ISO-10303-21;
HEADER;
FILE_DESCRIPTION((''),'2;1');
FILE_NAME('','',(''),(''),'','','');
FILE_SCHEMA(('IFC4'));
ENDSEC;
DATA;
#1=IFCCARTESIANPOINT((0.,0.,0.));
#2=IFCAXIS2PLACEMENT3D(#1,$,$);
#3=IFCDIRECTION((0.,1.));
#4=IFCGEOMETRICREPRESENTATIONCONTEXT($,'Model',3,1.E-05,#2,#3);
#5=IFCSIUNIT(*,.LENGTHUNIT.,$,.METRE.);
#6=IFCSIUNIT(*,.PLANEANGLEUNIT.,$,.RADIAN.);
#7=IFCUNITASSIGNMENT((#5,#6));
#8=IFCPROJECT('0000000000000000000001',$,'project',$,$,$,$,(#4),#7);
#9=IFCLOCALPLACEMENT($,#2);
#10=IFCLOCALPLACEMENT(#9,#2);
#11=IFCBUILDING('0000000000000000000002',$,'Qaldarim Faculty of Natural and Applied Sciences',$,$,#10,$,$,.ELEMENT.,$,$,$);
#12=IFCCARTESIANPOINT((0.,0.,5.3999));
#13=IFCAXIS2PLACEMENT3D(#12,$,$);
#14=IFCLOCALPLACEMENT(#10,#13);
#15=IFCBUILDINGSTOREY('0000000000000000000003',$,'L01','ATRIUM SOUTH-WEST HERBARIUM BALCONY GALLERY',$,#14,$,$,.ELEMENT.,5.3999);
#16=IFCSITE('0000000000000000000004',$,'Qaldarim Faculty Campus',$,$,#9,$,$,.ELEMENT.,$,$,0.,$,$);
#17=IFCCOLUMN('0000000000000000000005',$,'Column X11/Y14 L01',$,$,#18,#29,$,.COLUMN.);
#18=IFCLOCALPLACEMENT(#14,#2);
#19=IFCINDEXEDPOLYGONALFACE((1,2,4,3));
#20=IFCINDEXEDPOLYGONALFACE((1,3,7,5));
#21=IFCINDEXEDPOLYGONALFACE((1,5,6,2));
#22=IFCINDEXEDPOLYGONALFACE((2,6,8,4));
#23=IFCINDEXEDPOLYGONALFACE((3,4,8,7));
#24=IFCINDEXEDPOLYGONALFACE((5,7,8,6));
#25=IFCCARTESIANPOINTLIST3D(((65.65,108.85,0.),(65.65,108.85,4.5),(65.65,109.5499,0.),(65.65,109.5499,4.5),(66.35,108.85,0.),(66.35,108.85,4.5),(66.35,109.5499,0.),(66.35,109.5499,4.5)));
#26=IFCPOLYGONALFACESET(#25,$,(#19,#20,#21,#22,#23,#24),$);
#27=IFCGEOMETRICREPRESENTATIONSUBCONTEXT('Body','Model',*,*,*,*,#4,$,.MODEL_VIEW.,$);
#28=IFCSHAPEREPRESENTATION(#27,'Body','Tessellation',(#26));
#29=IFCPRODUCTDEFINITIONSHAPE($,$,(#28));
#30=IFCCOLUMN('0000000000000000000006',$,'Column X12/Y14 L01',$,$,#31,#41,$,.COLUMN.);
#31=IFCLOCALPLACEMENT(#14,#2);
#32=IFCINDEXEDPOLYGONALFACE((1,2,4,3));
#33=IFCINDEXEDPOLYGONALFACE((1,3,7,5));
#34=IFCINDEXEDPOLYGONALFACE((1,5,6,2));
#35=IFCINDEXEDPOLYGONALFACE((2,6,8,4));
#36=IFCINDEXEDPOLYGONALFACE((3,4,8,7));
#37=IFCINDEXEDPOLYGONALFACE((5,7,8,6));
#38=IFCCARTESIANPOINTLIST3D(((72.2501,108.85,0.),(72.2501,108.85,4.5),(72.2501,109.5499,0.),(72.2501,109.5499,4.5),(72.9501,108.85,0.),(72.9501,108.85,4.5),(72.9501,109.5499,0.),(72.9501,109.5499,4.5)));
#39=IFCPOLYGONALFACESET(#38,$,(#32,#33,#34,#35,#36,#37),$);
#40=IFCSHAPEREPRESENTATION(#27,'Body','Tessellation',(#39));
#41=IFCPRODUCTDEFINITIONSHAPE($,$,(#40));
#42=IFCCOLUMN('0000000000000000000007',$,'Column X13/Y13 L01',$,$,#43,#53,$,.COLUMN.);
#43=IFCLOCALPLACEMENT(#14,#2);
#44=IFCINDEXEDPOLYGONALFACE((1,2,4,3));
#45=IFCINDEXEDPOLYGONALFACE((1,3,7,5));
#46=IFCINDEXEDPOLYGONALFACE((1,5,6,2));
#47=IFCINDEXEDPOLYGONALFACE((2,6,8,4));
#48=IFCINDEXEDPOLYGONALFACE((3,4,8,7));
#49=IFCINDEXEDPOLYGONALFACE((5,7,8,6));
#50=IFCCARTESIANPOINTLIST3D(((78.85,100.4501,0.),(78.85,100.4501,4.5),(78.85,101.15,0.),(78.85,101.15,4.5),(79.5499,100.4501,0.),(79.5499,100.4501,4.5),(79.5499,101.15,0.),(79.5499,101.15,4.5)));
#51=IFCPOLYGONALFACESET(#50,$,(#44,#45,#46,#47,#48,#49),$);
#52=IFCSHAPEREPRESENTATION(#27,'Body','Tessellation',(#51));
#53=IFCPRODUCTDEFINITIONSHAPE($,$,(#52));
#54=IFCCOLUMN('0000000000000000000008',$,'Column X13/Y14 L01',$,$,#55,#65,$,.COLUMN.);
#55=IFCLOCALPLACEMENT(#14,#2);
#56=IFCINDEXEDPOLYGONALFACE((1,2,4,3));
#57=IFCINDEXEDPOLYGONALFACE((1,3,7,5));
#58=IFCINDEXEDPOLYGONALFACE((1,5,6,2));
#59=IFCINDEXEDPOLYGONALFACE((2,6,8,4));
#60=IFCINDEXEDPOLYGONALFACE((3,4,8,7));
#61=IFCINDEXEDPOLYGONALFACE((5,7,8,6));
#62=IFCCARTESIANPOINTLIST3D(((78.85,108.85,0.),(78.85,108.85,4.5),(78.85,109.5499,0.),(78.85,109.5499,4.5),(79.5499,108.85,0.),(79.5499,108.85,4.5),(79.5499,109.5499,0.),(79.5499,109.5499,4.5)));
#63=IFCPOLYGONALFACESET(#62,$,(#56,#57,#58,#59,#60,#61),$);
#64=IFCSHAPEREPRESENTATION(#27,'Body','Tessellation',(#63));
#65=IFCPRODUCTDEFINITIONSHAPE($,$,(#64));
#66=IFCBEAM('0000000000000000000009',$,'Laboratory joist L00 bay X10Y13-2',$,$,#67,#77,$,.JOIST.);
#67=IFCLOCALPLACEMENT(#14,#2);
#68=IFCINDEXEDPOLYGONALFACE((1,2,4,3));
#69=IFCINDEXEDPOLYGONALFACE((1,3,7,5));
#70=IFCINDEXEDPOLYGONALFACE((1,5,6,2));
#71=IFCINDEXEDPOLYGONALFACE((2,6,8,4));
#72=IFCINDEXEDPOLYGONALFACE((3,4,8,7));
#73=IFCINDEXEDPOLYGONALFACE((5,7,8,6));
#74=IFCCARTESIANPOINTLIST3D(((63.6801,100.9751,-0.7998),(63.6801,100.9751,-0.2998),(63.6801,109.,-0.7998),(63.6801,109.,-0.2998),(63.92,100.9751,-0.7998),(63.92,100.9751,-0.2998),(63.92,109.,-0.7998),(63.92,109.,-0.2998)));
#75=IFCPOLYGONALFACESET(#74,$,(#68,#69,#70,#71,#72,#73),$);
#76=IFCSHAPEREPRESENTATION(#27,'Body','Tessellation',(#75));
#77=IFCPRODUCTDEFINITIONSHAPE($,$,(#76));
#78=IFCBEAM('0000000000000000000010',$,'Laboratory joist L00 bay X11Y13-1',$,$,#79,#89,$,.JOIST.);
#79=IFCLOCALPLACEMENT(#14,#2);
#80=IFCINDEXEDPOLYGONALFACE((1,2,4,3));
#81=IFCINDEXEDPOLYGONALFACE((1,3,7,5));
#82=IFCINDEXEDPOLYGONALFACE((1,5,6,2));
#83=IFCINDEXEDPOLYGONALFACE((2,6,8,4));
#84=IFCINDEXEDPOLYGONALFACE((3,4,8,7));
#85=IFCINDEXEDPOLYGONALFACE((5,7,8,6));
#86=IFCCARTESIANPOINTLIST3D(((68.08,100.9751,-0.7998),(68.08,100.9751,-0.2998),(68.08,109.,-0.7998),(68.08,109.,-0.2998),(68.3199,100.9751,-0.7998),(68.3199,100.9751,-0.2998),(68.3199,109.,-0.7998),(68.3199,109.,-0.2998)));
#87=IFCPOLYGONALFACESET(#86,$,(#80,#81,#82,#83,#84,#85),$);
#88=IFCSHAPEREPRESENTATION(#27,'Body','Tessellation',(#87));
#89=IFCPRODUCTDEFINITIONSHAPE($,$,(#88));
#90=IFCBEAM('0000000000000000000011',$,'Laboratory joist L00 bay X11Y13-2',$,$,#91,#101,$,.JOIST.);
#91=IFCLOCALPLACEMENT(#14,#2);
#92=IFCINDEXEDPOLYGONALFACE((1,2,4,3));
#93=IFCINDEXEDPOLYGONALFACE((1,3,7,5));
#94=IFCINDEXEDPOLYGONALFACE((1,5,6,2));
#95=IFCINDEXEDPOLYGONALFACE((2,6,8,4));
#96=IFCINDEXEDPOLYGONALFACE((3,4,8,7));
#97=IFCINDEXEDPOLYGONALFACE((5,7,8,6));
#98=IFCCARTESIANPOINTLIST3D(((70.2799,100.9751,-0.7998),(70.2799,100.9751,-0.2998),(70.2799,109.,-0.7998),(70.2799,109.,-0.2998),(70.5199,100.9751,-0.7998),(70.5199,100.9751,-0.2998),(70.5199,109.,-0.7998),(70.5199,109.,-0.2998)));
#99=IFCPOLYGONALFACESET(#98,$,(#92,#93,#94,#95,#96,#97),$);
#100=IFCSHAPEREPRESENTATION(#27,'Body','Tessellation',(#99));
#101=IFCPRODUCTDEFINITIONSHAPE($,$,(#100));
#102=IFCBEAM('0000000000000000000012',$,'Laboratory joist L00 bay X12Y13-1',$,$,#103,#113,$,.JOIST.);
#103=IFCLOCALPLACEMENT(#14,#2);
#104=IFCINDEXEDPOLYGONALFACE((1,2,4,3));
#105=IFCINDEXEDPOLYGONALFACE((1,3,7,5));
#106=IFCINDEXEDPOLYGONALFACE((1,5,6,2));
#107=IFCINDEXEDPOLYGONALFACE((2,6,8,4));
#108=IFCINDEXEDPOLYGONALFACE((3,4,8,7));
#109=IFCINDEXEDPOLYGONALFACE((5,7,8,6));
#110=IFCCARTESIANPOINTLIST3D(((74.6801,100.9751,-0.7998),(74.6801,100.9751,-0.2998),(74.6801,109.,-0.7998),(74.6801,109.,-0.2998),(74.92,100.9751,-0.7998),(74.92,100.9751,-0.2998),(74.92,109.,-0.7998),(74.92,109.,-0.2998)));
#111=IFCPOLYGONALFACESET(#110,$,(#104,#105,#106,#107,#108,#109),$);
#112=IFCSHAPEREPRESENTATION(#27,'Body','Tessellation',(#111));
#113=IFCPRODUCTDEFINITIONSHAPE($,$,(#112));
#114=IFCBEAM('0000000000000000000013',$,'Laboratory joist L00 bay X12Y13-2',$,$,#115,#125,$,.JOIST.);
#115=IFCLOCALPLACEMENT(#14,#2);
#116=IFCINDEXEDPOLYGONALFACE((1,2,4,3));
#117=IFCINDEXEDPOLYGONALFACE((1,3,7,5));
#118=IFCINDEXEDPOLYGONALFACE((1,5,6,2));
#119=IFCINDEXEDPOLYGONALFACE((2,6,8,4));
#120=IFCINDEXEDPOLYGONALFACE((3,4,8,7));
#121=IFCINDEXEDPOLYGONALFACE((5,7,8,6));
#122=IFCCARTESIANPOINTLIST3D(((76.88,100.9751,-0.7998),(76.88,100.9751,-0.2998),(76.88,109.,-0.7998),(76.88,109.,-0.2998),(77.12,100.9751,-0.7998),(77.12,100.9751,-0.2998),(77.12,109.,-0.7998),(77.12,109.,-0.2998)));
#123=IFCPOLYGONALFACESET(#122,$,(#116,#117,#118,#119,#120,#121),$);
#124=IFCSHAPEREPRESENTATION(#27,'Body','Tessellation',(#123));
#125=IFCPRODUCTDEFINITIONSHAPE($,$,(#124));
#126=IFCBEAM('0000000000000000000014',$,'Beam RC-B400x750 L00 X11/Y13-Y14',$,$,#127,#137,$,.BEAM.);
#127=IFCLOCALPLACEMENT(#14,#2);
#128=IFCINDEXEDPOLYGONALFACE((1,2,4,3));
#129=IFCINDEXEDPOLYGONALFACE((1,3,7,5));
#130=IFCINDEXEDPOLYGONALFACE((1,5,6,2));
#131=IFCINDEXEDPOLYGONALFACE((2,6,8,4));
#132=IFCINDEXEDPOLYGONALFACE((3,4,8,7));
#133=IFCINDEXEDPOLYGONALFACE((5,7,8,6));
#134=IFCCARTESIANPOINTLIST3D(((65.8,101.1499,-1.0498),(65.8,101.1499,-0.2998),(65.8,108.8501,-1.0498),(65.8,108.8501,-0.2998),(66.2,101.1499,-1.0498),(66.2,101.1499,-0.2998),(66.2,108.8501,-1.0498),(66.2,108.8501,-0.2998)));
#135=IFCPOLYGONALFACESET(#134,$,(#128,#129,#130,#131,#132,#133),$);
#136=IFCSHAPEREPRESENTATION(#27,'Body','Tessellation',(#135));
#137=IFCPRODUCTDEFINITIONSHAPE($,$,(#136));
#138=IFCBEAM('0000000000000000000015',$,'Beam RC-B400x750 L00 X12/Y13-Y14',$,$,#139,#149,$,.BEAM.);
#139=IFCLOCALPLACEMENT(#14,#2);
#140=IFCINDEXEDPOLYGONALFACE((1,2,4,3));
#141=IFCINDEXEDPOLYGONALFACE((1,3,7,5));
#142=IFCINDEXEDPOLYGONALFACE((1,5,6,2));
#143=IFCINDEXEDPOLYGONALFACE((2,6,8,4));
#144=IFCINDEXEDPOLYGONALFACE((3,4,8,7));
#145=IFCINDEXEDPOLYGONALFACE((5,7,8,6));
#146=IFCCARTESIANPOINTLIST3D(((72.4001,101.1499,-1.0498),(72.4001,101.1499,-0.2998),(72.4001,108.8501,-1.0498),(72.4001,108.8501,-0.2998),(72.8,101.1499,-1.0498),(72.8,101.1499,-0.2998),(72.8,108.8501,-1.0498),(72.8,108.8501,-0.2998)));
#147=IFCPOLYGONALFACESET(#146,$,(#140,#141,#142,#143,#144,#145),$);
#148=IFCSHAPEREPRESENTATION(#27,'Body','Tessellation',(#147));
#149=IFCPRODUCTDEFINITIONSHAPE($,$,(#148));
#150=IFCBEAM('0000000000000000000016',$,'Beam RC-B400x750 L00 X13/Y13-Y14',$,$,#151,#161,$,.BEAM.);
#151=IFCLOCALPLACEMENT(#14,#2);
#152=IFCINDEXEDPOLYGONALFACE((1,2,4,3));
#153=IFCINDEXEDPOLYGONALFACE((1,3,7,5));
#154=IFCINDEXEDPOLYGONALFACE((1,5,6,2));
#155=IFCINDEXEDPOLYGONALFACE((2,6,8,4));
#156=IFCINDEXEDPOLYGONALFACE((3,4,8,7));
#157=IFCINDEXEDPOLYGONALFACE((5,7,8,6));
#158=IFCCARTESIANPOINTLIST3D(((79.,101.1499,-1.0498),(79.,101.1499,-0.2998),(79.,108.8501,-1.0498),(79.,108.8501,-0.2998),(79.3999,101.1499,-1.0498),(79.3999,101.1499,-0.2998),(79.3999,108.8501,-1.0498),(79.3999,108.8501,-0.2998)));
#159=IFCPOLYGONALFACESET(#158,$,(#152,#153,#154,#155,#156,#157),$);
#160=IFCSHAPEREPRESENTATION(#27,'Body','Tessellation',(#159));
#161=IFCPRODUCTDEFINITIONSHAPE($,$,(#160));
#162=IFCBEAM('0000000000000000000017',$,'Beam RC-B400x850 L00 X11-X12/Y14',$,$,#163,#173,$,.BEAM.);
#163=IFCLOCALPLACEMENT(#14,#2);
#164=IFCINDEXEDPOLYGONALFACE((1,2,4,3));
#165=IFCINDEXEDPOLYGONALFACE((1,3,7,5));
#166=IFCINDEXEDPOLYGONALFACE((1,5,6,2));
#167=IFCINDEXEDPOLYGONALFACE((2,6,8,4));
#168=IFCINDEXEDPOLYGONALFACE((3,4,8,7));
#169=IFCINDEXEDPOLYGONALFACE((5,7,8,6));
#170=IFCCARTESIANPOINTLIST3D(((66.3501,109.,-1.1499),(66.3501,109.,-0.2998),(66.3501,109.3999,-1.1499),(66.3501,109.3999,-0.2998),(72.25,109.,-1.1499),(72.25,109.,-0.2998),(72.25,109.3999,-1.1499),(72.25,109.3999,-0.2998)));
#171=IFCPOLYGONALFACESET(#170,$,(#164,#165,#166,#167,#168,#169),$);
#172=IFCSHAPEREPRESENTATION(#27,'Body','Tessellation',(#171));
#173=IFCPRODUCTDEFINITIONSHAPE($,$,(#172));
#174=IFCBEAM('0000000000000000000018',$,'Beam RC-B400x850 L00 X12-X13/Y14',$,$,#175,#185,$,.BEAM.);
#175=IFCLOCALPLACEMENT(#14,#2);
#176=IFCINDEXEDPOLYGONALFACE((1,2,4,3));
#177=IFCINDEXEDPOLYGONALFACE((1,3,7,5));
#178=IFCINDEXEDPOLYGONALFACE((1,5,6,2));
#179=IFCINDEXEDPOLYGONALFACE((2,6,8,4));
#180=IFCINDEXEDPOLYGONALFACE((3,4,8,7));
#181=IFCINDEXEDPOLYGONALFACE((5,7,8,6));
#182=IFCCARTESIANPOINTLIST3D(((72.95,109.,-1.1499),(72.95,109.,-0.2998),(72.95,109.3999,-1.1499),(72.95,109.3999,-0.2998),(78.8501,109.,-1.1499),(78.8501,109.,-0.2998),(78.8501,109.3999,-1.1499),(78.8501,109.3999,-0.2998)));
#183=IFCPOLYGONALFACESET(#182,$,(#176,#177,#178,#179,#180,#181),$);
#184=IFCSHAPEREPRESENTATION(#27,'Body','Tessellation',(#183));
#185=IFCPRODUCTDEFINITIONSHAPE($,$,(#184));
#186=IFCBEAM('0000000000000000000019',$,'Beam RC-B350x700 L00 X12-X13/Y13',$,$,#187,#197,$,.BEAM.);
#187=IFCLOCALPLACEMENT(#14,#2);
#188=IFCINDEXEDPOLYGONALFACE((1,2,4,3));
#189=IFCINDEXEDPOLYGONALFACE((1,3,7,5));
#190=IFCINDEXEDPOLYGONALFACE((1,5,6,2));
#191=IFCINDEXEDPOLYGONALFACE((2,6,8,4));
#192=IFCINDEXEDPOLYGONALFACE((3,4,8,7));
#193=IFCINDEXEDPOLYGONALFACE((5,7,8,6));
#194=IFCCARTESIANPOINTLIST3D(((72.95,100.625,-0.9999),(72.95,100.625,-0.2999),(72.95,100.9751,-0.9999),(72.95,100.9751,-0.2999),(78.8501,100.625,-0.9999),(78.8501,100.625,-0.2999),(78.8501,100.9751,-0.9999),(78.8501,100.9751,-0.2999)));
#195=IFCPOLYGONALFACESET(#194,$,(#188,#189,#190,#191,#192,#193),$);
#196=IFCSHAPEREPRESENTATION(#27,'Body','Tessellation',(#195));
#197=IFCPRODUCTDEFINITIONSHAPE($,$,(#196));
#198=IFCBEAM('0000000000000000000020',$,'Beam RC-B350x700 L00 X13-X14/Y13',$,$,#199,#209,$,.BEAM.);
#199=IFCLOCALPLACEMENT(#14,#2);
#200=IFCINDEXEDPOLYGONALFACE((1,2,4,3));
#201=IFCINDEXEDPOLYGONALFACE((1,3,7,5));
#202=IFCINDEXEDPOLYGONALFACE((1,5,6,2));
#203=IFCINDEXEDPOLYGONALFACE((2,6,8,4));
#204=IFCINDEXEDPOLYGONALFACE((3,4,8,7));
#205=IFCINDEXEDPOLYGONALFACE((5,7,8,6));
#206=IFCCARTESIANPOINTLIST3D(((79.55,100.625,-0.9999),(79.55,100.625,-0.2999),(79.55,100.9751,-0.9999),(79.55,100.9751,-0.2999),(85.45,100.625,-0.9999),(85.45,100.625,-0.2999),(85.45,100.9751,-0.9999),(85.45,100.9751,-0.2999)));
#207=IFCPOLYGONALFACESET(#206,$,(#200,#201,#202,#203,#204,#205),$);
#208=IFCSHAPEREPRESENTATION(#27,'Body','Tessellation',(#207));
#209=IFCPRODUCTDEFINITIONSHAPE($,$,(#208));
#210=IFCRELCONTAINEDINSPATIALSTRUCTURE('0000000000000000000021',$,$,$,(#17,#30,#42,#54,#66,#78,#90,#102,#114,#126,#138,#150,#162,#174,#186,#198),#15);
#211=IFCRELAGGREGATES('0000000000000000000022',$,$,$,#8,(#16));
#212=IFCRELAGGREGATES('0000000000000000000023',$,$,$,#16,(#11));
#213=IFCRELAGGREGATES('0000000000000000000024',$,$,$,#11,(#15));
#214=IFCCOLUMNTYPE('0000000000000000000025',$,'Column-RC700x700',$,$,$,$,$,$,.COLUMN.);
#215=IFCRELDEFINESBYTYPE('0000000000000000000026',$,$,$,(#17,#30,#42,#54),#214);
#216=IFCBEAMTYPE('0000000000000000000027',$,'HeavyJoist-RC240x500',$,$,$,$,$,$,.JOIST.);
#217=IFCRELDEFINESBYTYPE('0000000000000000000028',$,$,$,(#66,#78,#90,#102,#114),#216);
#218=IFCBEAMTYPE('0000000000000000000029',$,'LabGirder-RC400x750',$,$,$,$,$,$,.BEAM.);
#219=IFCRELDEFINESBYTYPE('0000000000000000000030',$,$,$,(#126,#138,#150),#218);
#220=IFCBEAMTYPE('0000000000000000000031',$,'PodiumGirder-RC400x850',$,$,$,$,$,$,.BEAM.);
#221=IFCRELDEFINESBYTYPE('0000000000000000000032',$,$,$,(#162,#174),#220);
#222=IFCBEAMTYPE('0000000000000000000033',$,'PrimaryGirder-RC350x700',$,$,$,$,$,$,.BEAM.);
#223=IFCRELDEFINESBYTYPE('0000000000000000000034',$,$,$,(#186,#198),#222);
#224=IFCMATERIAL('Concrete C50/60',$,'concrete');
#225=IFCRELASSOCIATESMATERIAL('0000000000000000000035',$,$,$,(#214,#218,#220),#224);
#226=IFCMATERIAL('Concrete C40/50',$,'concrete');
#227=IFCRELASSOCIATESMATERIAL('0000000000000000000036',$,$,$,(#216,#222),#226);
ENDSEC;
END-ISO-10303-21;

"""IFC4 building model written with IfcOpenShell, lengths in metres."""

from ifc_helpers import new_model, si_unit, direction, frame, origin, origin_2d, place, context, subcontext, project, spatial, rectangle, extrude, material, material_profile, profile_set, type_object, element, save


model = new_model("IFC4")

# Units and contexts
model_context = context("Model", 3, precision=1e-05, world=origin(), true_north=direction((0.0, 1.0)))
body_context = subcontext(model_context, "Body", "Model", "MODEL_VIEW")
ifc_project = project(units=[si_unit("LENGTHUNIT", "METRE"), si_unit("PLANEANGLEUNIT", "RADIAN")], contexts=[model_context])

# Site, building, storey
site_placement = place(None, origin())
site = spatial("IfcSite", under=ifc_project, at=site_placement, Name="Qaldarim Faculty Campus", CompositionType="ELEMENT", RefElevation=0.0)
building_placement = place(site_placement, origin())
building = spatial("IfcBuilding", under=site, at=building_placement, Name="Qaldarim Faculty of Natural and Applied Sciences", CompositionType="ELEMENT")
storey_placement = place(building_placement, frame((0.0, 0.0, 5.3999)))
storey = spatial("IfcBuildingStorey", under=building, at=storey_placement, Name="L01", Description="ATRIUM SOUTH-WEST HERBARIUM BALCONY GALLERY", CompositionType="ELEMENT", Elevation=5.3999)

# Columns
ifc_material_1 = material(Name="Concrete C50/60", Category="concrete")
ifc_material_profile_1 = material_profile(ifc_material_1, rectangle(XDim=0.7, YDim=0.7, at=origin_2d()), Name="RC-C700x700")
ifc_profile_set_1 = profile_set([ifc_material_profile_1], Name="Concrete C50/60")
column_type = type_object("IfcColumnType", Name="Column-RC700x700", PredefinedType="COLUMN", material=ifc_profile_set_1)
for number, where, z_axis, x_axis, name in (
    (1, (66.0, 109.2, 0.0), (0.0, 0.0, 1.0), (1.0, 0.0, 0.0), "Column X11/Y14 L01"),
    (2, (72.6001, 109.2, 0.0), (0.0, 0.0, 1.0), (1.0, 0.0, 0.0), "Column X12/Y14 L01"),
    (3, (79.2, 100.8, 0.0), (0.0, 0.0, 1.0), (1.0, 0.0, 0.0), "Column X13/Y13 L01"),
    (4, (79.2, 109.2, 0.0), (0.0, 0.0, 1.0), (1.0, 0.0, 0.0), "Column X13/Y14 L01"),
):
    element("IfcColumn", number, at=place(storey_placement, frame(where, z_axis=z_axis, x_axis=x_axis)), inside=storey, type_object=column_type, Name=name, PredefinedType="COLUMN", context=body_context, shape_type="SweptSolid", body=[
        extrude(rectangle(XDim=0.7, YDim=0.7, at=origin_2d()), origin(), (0.0, 0.0, 1.0), 4.5),
    ])

# Beams
ifc_material_2 = material(Name="Concrete C40/50", Category="concrete")
ifc_material_profile_2 = material_profile(ifc_material_2, rectangle(XDim=0.24, YDim=0.5, at=origin_2d()), Name="RC-J240x500")
ifc_profile_set_2 = profile_set([ifc_material_profile_2], Name="Concrete C40/50")
beam_type_1 = type_object("IfcBeamType", Name="HeavyJoist-RC240x500", PredefinedType="JOIST", material=ifc_profile_set_2)
for number, where, z_axis, x_axis, name in (
    (5, (63.8, 100.9751, -0.5498), (0.0, 1.0, 0.0), (-1.0, 0.0, 0.0), "Laboratory joist L00 bay X10Y13-2"),
    (6, (68.2, 100.9751, -0.5498), (0.0, 1.0, 0.0), (-1.0, 0.0, 0.0), "Laboratory joist L00 bay X11Y13-1"),
    (7, (70.3999, 100.9751, -0.5498), (0.0, 1.0, 0.0), (-1.0, 0.0, 0.0), "Laboratory joist L00 bay X11Y13-2"),
    (8, (74.8, 100.9751, -0.5498), (0.0, 1.0, 0.0), (-1.0, 0.0, 0.0), "Laboratory joist L00 bay X12Y13-1"),
    (9, (77.0, 100.9751, -0.5498), (0.0, 1.0, 0.0), (-1.0, 0.0, 0.0), "Laboratory joist L00 bay X12Y13-2"),
):
    element("IfcBeam", number, at=place(storey_placement, frame(where, z_axis=z_axis, x_axis=x_axis)), inside=storey, type_object=beam_type_1, Name=name, PredefinedType="JOIST", context=body_context, shape_type="SweptSolid", body=[
        extrude(rectangle(XDim=0.24, YDim=0.5, at=origin_2d()), origin(), (0.0, 0.0, 1.0), 8.0249),
    ])
ifc_material_profile_3 = material_profile(ifc_material_1, rectangle(XDim=0.3999, YDim=0.75, at=origin_2d()), Name="RC-B400x750")
ifc_profile_set_3 = profile_set([ifc_material_profile_3], Name="Concrete C50/60")
beam_type_2 = type_object("IfcBeamType", Name="LabGirder-RC400x750", PredefinedType="BEAM", material=ifc_profile_set_3)
for number, where, z_axis, x_axis, name in (
    (10, (66.0, 101.1499, -0.6748), (0.0, 1.0, 0.0), (-1.0, 0.0, 0.0), "Beam RC-B400x750 L00 X11/Y13-Y14"),
    (11, (72.6001, 101.1499, -0.6748), (0.0, 1.0, 0.0), (-1.0, 0.0, 0.0), "Beam RC-B400x750 L00 X12/Y13-Y14"),
    (12, (79.2, 101.1499, -0.6748), (0.0, 1.0, 0.0), (-1.0, 0.0, 0.0), "Beam RC-B400x750 L00 X13/Y13-Y14"),
):
    element("IfcBeam", number, at=place(storey_placement, frame(where, z_axis=z_axis, x_axis=x_axis)), inside=storey, type_object=beam_type_2, Name=name, PredefinedType="BEAM", context=body_context, shape_type="SweptSolid", body=[
        extrude(rectangle(XDim=0.3999, YDim=0.75, at=origin_2d()), origin(), (0.0, 0.0, 1.0), 7.7002),
    ])
ifc_material_profile_4 = material_profile(ifc_material_1, rectangle(XDim=0.3999, YDim=0.8501, at=origin_2d()), Name="RC-B400x850")
ifc_profile_set_4 = profile_set([ifc_material_profile_4], Name="Concrete C50/60")
beam_type_3 = type_object("IfcBeamType", Name="PodiumGirder-RC400x850", PredefinedType="BEAM", material=ifc_profile_set_4)
beam_1_placement = place(storey_placement, frame((66.3501, 109.2, -0.7249), z_axis=(1.0, 0.0, 0.0), x_axis=(0.0, 1.0, 0.0)))
element("IfcBeam", 13, at=beam_1_placement, inside=storey, type_object=beam_type_3, Name="Beam RC-B400x850 L00 X11-X12/Y14", PredefinedType="BEAM", context=body_context, shape_type="SweptSolid", body=[
    extrude(rectangle(XDim=0.3999, YDim=0.8501, at=origin_2d()), origin(), (0.0, 0.0, 1.0), 5.8999),
])
beam_2_placement = place(storey_placement, frame((72.95, 109.2, -0.7249), z_axis=(1.0, 0.0, 0.0), x_axis=(0.0, 1.0, 0.0)))
element("IfcBeam", 14, at=beam_2_placement, inside=storey, type_object=beam_type_3, Name="Beam RC-B400x850 L00 X12-X13/Y14", PredefinedType="BEAM", context=body_context, shape_type="SweptSolid", body=[
    extrude(rectangle(XDim=0.3999, YDim=0.8501, at=origin_2d()), origin(), (0.0, 0.0, 1.0), 5.9001),
])
ifc_material_profile_5 = material_profile(ifc_material_2, rectangle(XDim=0.3501, YDim=0.7, at=origin_2d()), Name="RC-B350x700")
ifc_profile_set_5 = profile_set([ifc_material_profile_5], Name="Concrete C40/50")
beam_type_4 = type_object("IfcBeamType", Name="PrimaryGirder-RC350x700", PredefinedType="BEAM", material=ifc_profile_set_5)
beam_3_placement = place(storey_placement, frame((72.95, 100.8, -0.6499), z_axis=(1.0, 0.0, 0.0), x_axis=(0.0, 1.0, 0.0)))
element("IfcBeam", 15, at=beam_3_placement, inside=storey, type_object=beam_type_4, Name="Beam RC-B350x700 L00 X12-X13/Y13", PredefinedType="BEAM", context=body_context, shape_type="SweptSolid", body=[
    extrude(rectangle(XDim=0.3501, YDim=0.7, at=origin_2d()), origin(), (0.0, 0.0, 1.0), 5.9001),
])
beam_4_placement = place(storey_placement, frame((79.55, 100.8, -0.6499), z_axis=(1.0, 0.0, 0.0), x_axis=(0.0, 1.0, 0.0)))
element("IfcBeam", 16, at=beam_4_placement, inside=storey, type_object=beam_type_4, Name="Beam RC-B350x700 L00 X13-X14/Y13", PredefinedType="BEAM", context=body_context, shape_type="SweptSolid", body=[
    extrude(rectangle(XDim=0.3501, YDim=0.7, at=origin_2d()), origin(), (0.0, 0.0, 1.0), 5.8999),
])

save(model, "model.ifc")
